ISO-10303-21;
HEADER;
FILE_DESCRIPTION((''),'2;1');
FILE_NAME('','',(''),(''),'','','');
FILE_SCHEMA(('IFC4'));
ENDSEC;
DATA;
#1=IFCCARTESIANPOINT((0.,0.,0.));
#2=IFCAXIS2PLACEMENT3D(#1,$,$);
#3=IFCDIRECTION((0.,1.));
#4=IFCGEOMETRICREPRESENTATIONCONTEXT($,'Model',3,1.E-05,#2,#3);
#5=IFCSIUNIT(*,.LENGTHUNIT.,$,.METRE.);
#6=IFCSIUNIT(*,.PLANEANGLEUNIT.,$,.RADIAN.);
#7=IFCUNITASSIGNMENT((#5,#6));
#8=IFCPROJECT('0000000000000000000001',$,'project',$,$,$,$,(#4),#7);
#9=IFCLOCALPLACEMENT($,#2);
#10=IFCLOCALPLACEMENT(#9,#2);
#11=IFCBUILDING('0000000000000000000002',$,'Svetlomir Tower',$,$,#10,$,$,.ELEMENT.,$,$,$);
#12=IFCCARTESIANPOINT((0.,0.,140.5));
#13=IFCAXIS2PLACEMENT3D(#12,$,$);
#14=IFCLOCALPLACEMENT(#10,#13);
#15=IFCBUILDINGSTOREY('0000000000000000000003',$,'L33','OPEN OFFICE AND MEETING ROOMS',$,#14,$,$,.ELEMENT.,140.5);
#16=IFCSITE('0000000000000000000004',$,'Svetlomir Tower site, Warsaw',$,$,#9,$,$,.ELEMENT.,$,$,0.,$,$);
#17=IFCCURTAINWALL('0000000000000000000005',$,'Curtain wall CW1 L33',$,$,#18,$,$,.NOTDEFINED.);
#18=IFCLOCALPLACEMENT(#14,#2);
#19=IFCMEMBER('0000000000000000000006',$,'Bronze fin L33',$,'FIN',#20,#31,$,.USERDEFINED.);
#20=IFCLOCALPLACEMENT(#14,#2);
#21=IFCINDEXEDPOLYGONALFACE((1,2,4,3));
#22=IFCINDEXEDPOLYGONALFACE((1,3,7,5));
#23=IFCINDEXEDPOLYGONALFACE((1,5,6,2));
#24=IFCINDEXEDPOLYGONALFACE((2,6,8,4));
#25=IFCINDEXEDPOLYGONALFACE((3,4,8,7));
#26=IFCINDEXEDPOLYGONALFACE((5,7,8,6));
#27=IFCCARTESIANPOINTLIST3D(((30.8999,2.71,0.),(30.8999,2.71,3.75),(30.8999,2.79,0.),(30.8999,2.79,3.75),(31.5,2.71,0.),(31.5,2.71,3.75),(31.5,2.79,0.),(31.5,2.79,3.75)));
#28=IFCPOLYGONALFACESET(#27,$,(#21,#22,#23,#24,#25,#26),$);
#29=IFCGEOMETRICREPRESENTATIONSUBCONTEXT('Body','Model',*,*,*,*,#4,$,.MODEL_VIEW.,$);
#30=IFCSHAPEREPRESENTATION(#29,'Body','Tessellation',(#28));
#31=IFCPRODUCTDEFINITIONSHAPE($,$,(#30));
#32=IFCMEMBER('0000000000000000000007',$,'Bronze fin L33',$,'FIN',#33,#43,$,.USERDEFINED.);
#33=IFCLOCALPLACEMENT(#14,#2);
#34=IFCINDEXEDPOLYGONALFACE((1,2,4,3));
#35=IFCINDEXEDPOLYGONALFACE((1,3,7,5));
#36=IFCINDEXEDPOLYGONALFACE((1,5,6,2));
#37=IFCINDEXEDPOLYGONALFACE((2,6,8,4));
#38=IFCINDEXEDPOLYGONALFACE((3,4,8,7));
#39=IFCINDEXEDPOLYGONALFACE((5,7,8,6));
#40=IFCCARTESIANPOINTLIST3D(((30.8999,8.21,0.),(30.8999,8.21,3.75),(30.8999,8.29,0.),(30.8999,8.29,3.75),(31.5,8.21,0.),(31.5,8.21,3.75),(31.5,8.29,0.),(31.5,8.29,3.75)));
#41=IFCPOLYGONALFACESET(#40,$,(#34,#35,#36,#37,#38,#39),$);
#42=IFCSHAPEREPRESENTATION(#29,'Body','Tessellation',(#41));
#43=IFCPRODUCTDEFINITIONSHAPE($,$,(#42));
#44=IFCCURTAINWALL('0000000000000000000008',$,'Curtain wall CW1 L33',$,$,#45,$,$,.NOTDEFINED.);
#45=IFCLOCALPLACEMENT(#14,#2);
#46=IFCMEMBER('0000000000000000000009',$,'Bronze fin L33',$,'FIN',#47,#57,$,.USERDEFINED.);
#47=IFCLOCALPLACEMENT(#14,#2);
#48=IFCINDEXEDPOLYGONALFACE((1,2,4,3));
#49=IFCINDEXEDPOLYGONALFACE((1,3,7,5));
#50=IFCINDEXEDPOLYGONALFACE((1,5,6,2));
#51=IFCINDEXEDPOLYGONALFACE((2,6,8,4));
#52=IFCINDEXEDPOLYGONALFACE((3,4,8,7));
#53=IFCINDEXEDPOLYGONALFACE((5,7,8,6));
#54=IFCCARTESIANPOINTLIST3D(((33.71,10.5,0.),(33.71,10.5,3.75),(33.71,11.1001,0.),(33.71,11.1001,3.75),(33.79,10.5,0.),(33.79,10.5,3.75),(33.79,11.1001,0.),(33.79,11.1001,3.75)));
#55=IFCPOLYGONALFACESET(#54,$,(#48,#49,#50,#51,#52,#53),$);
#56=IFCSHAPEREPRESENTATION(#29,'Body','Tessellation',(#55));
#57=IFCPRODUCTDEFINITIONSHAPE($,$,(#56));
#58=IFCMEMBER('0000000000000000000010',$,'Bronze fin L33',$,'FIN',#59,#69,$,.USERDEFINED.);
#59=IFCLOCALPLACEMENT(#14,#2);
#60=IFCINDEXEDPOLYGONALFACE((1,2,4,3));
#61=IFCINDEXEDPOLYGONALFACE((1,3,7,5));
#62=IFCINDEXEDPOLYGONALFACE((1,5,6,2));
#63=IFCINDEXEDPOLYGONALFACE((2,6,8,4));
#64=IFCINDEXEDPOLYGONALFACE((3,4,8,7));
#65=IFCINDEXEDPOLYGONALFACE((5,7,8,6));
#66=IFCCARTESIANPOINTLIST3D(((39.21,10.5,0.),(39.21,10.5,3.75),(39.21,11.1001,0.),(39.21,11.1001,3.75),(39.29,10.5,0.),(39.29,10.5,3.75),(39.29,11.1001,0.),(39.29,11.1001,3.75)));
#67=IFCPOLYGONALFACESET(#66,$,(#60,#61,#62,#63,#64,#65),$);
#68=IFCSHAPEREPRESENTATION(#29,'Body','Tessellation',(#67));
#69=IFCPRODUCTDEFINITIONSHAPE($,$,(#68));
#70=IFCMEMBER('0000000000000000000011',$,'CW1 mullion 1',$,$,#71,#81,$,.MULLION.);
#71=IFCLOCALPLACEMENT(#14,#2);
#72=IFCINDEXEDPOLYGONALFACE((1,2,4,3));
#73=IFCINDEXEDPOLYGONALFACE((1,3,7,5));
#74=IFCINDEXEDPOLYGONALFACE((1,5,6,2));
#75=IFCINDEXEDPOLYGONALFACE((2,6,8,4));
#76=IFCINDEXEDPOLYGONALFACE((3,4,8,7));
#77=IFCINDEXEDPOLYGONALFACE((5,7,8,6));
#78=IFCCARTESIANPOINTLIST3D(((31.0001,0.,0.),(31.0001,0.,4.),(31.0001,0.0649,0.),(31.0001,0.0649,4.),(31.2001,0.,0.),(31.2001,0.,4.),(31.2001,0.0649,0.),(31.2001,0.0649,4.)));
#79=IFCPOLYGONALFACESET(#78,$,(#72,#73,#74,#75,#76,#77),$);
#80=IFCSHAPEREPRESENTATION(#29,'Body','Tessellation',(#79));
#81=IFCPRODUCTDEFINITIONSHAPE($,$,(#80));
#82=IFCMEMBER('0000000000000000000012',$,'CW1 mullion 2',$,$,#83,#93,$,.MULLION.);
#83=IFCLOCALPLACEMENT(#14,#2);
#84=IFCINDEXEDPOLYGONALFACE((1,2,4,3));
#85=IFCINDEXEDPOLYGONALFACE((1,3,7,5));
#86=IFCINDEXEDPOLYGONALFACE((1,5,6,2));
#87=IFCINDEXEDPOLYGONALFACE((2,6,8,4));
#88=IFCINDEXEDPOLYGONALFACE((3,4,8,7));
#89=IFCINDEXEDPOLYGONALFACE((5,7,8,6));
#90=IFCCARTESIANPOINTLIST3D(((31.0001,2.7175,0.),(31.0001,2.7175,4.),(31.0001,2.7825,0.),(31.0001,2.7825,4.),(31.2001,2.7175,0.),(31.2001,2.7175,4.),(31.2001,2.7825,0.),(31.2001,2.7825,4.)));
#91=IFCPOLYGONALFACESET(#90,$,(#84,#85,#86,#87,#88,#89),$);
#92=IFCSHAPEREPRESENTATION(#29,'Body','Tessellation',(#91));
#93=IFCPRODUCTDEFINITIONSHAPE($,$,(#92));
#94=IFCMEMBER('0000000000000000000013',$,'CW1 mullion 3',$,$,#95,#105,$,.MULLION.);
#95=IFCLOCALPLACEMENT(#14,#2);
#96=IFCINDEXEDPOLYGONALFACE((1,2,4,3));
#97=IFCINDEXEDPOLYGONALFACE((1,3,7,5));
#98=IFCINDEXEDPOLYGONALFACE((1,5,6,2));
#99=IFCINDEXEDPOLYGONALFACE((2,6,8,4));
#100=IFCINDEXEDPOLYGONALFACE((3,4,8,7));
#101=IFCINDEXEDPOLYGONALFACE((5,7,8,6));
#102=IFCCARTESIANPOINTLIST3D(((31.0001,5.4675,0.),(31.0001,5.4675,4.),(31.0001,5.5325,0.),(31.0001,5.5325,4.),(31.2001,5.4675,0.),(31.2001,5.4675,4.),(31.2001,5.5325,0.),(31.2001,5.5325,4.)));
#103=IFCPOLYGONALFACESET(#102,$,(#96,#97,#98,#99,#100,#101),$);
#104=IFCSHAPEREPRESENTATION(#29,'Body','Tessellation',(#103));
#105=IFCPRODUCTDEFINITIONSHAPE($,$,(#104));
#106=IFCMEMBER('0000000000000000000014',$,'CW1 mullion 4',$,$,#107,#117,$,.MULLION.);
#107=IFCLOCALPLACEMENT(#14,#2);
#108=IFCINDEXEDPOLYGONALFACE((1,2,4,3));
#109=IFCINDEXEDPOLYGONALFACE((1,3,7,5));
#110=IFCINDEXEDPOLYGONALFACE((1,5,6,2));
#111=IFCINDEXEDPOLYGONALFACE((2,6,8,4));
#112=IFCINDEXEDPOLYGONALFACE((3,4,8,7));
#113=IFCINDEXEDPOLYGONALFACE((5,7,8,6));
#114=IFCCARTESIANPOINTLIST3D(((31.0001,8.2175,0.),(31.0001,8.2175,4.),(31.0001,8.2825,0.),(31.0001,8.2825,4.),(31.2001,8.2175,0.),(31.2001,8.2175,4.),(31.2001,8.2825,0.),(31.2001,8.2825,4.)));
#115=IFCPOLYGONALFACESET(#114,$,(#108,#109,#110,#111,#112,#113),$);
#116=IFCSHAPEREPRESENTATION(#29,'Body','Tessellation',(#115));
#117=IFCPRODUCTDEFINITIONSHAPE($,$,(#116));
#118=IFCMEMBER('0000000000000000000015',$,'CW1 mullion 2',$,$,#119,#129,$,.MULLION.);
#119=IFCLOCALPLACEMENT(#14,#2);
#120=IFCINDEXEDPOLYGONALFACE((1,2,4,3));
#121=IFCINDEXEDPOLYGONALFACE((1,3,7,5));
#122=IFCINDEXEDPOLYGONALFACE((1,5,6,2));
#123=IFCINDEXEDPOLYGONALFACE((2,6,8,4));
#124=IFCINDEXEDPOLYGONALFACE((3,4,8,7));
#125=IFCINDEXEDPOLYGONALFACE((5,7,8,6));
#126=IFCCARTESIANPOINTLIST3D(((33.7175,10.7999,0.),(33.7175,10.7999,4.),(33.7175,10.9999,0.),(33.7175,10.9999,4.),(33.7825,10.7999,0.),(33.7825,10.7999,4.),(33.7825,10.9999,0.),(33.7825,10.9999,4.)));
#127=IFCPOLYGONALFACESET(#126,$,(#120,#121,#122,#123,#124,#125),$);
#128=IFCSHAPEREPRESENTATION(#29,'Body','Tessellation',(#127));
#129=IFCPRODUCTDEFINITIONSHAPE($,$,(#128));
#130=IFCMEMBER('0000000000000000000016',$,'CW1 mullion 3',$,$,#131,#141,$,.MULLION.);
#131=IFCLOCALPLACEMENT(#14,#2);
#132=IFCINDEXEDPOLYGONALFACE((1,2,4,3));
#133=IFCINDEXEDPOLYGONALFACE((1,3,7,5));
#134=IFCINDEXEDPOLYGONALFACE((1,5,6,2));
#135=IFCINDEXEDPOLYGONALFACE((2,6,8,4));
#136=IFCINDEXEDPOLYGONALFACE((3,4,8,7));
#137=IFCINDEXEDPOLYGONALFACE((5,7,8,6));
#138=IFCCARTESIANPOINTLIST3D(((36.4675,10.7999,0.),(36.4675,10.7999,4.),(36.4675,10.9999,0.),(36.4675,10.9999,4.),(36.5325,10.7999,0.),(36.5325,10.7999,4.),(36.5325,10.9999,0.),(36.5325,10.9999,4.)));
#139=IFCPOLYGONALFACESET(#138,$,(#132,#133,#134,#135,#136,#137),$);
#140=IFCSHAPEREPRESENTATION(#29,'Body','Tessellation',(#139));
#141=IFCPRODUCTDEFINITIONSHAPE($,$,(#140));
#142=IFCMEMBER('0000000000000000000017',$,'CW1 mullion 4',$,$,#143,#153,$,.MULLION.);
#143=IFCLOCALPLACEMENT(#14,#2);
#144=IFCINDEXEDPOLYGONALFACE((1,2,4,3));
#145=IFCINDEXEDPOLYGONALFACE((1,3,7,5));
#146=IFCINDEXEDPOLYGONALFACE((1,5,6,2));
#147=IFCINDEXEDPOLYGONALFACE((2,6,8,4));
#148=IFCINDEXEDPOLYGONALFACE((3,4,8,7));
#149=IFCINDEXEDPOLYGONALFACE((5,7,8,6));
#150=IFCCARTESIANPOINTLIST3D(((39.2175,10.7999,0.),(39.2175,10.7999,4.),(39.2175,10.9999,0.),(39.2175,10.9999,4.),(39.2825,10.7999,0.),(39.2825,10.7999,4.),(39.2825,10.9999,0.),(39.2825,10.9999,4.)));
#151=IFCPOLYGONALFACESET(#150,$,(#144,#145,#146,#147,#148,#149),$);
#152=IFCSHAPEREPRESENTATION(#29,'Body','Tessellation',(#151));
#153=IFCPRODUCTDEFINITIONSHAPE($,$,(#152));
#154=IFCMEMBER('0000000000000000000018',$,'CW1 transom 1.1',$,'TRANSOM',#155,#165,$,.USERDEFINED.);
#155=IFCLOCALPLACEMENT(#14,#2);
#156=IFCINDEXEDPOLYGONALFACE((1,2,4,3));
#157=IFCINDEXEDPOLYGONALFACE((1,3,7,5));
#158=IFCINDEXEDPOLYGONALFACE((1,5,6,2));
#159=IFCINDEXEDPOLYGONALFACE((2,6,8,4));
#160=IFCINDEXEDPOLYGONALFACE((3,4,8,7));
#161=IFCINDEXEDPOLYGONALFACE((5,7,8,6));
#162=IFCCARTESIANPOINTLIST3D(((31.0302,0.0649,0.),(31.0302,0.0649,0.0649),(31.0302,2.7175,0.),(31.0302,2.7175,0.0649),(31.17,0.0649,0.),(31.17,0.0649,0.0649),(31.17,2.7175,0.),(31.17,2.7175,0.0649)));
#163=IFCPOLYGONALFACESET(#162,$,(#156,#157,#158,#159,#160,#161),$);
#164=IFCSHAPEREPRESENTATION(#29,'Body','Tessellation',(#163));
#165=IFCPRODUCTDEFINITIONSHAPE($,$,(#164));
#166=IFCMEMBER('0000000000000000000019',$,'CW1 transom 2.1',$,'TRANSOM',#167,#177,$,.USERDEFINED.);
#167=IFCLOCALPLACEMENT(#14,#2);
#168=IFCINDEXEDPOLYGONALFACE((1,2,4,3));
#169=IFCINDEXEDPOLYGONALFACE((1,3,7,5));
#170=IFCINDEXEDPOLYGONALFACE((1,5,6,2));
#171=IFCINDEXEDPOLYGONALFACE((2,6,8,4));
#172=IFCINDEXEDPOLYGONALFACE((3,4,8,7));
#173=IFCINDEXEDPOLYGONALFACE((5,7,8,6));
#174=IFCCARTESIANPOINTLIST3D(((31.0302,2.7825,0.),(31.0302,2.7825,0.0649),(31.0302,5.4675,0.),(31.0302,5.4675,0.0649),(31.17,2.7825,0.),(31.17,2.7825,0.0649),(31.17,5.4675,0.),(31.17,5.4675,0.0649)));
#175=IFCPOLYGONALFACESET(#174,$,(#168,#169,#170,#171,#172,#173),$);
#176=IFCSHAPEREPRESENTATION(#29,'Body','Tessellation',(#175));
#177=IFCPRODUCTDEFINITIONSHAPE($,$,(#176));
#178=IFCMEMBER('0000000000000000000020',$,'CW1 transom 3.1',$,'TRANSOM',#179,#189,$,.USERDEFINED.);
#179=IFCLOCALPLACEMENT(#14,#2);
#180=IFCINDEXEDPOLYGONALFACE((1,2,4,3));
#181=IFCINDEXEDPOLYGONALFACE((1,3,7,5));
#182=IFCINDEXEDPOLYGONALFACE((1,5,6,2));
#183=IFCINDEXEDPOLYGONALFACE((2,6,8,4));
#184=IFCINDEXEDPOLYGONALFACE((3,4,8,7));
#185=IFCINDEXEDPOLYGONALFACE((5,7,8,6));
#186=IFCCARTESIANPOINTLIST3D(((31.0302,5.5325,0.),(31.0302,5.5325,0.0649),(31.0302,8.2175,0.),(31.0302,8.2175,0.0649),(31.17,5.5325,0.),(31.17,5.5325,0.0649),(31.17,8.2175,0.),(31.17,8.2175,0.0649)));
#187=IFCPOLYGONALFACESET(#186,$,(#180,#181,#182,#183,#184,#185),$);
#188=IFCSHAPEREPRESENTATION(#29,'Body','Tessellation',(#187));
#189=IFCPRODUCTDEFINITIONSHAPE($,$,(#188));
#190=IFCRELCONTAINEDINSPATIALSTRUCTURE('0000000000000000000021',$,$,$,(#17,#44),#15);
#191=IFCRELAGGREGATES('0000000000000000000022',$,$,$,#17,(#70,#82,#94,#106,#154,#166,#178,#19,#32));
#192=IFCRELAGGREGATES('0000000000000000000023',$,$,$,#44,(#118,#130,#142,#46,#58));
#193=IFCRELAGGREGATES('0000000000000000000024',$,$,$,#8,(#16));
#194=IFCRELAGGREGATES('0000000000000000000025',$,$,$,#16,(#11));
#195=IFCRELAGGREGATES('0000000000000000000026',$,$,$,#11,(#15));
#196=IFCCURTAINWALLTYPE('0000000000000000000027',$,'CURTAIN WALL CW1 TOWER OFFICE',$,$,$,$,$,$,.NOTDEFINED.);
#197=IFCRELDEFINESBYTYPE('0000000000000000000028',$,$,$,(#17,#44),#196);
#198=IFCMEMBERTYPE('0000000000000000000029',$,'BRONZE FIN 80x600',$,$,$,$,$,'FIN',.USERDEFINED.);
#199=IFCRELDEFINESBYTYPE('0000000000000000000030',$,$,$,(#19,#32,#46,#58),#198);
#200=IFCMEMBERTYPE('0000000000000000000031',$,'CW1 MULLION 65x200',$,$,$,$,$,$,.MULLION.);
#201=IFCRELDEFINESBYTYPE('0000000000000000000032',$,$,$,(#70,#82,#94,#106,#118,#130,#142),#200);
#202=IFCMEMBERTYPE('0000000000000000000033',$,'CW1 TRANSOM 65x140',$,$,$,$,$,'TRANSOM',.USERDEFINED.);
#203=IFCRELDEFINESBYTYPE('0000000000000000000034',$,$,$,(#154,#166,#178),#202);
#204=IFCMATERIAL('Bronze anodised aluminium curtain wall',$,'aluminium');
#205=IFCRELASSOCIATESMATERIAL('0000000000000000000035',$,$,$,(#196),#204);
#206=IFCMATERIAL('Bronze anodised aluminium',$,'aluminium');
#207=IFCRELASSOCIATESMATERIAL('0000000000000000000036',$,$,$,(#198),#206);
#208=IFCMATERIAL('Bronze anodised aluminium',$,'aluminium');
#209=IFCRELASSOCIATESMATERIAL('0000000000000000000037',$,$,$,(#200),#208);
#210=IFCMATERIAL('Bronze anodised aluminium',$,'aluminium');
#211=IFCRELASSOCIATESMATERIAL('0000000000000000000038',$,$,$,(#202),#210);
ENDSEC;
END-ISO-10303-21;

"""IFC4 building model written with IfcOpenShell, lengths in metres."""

from ifc_helpers import new_model, si_unit, direction, frame, origin, origin_2d, place, context, subcontext, project, spatial, rectangle, extrude, material, material_profile, profile_set, type_object, element, aggregate, save


model = new_model("IFC4")

# Units and contexts
model_context = context("Model", 3, precision=1e-05, world=origin(), true_north=direction((0.0, 1.0)))
body_context = subcontext(model_context, "Body", "Model", "MODEL_VIEW")
ifc_project = project(units=[si_unit("LENGTHUNIT", "METRE"), si_unit("PLANEANGLEUNIT", "RADIAN")], contexts=[model_context])

# Site, building, storey
site_placement = place(None, origin())
site = spatial("IfcSite", under=ifc_project, at=site_placement, Name="Svetlomir Tower site, Warsaw", CompositionType="ELEMENT", RefElevation=0.0)
building_placement = place(site_placement, origin())
building = spatial("IfcBuilding", under=site, at=building_placement, Name="Svetlomir Tower", CompositionType="ELEMENT")
storey_placement = place(building_placement, frame((0.0, 0.0, 140.5)))
storey = spatial("IfcBuildingStorey", under=building, at=storey_placement, Name="L33", Description="OPEN OFFICE AND MEETING ROOMS", CompositionType="ELEMENT", Elevation=140.5)

# Curtain walls, members
ifc_material_1 = material(Name="Bronze anodised aluminium curtain wall", Category="aluminium")
curtain_wall_type = type_object("IfcCurtainWallType", Name="CURTAIN WALL CW1 TOWER OFFICE", PredefinedType="NOTDEFINED", material=ifc_material_1)
curtain_wall_1_placement = place(storey_placement, origin())
curtain_wall_1 = element("IfcCurtainWall", 1, at=curtain_wall_1_placement, inside=storey, type_object=curtain_wall_type, Name="Curtain wall CW1 L33", PredefinedType="NOTDEFINED")
ifc_material_2 = material(Name="Bronze anodised aluminium", Category="aluminium")
ifc_material_profile_1 = material_profile(ifc_material_2, rectangle(XDim=0.0801, YDim=0.6001, at=origin_2d()), Name="FIN 80x600")
ifc_profile_set_1 = profile_set([ifc_material_profile_1], Name="Bronze anodised aluminium 6063-T6")
member_type_1 = type_object("IfcMemberType", Name="BRONZE FIN 80x600", ElementType="FIN", PredefinedType="USERDEFINED", material=ifc_profile_set_1)
member_1_placement = place(storey_placement, frame((31.2, 2.75, 0.0), z_axis=(0.0, 0.0, 1.0), x_axis=(0.0, 1.0, 0.0)))
member_1 = element("IfcMember", 2, at=member_1_placement, type_object=member_type_1, Name="Bronze fin L33", ObjectType="FIN", PredefinedType="USERDEFINED", context=body_context, shape_type="SweptSolid", body=[
    extrude(rectangle(XDim=0.0801, YDim=0.6001, at=origin_2d()), origin(), (0.0, 0.0, 1.0), 3.75),
])
member_2_placement = place(storey_placement, frame((31.2, 8.25, 0.0), z_axis=(0.0, 0.0, 1.0), x_axis=(0.0, 1.0, 0.0)))
member_2 = element("IfcMember", 3, at=member_2_placement, type_object=member_type_1, Name="Bronze fin L33", ObjectType="FIN", PredefinedType="USERDEFINED", context=body_context, shape_type="SweptSolid", body=[
    extrude(rectangle(XDim=0.0801, YDim=0.6001, at=origin_2d()), origin(), (0.0, 0.0, 1.0), 3.75),
])
curtain_wall_2_placement = place(storey_placement, origin())
curtain_wall_2 = element("IfcCurtainWall", 4, at=curtain_wall_2_placement, inside=storey, type_object=curtain_wall_type, Name="Curtain wall CW1 L33", PredefinedType="NOTDEFINED")
member_3_placement = place(storey_placement, frame((33.75, 10.8, 0.0), z_axis=(0.0, 0.0, 1.0), x_axis=(1.0, 0.0, 0.0)))
member_3 = element("IfcMember", 5, at=member_3_placement, type_object=member_type_1, Name="Bronze fin L33", ObjectType="FIN", PredefinedType="USERDEFINED", context=body_context, shape_type="SweptSolid", body=[
    extrude(rectangle(XDim=0.0801, YDim=0.6001, at=origin_2d()), origin(), (0.0, 0.0, 1.0), 3.75),
])
member_4_placement = place(storey_placement, frame((39.25, 10.8, 0.0), z_axis=(0.0, 0.0, 1.0), x_axis=(1.0, 0.0, 0.0)))
member_4 = element("IfcMember", 6, at=member_4_placement, type_object=member_type_1, Name="Bronze fin L33", ObjectType="FIN", PredefinedType="USERDEFINED", context=body_context, shape_type="SweptSolid", body=[
    extrude(rectangle(XDim=0.0801, YDim=0.6001, at=origin_2d()), origin(), (0.0, 0.0, 1.0), 3.75),
])

# Members
ifc_material_3 = material(Name="Bronze anodised aluminium", Category="aluminium")
ifc_material_profile_2 = material_profile(ifc_material_3, rectangle(XDim=0.0649, YDim=0.2, at=origin_2d()), Name="AL 65x200")
ifc_profile_set_2 = profile_set([ifc_material_profile_2], Name="Bronze anodised aluminium 6063-T6")
member_type_2 = type_object("IfcMemberType", Name="CW1 MULLION 65x200", PredefinedType="MULLION", material=ifc_profile_set_2)
member_5_placement = place(storey_placement, frame((31.1001, 0.0325, 0.0), z_axis=(0.0, 0.0, 1.0), x_axis=(0.0, 1.0, 0.0)))
member_5 = element("IfcMember", 7, at=member_5_placement, type_object=member_type_2, Name="CW1 mullion 1", PredefinedType="MULLION", context=body_context, shape_type="SweptSolid", body=[
    extrude(rectangle(XDim=0.0649, YDim=0.2, at=origin_2d()), origin(), (0.0, 0.0, 1.0), 4.0),
])
member_6_placement = place(storey_placement, frame((31.1001, 2.75, 0.0), z_axis=(0.0, 0.0, 1.0), x_axis=(0.0, 1.0, 0.0)))
member_6 = element("IfcMember", 8, at=member_6_placement, type_object=member_type_2, Name="CW1 mullion 2", PredefinedType="MULLION", context=body_context, shape_type="SweptSolid", body=[
    extrude(rectangle(XDim=0.0649, YDim=0.2, at=origin_2d()), origin(), (0.0, 0.0, 1.0), 4.0),
])
member_7_placement = place(storey_placement, frame((31.1001, 5.5, 0.0), z_axis=(0.0, 0.0, 1.0), x_axis=(0.0, 1.0, 0.0)))
member_7 = element("IfcMember", 9, at=member_7_placement, type_object=member_type_2, Name="CW1 mullion 3", PredefinedType="MULLION", context=body_context, shape_type="SweptSolid", body=[
    extrude(rectangle(XDim=0.0649, YDim=0.2, at=origin_2d()), origin(), (0.0, 0.0, 1.0), 4.0),
])
member_8_placement = place(storey_placement, frame((31.1001, 8.25, 0.0), z_axis=(0.0, 0.0, 1.0), x_axis=(0.0, 1.0, 0.0)))
member_8 = element("IfcMember", 10, at=member_8_placement, type_object=member_type_2, Name="CW1 mullion 4", PredefinedType="MULLION", context=body_context, shape_type="SweptSolid", body=[
    extrude(rectangle(XDim=0.0649, YDim=0.2, at=origin_2d()), origin(), (0.0, 0.0, 1.0), 4.0),
])
member_9_placement = place(storey_placement, frame((33.75, 10.8999, 0.0), z_axis=(0.0, 0.0, 1.0), x_axis=(1.0, 0.0, 0.0)))
member_9 = element("IfcMember", 11, at=member_9_placement, type_object=member_type_2, Name="CW1 mullion 2", PredefinedType="MULLION", context=body_context, shape_type="SweptSolid", body=[
    extrude(rectangle(XDim=0.0649, YDim=0.2, at=origin_2d()), origin(), (0.0, 0.0, 1.0), 4.0),
])
member_10_placement = place(storey_placement, frame((36.5, 10.8999, 0.0), z_axis=(0.0, 0.0, 1.0), x_axis=(1.0, 0.0, 0.0)))
member_10 = element("IfcMember", 12, at=member_10_placement, type_object=member_type_2, Name="CW1 mullion 3", PredefinedType="MULLION", context=body_context, shape_type="SweptSolid", body=[
    extrude(rectangle(XDim=0.0649, YDim=0.2, at=origin_2d()), origin(), (0.0, 0.0, 1.0), 4.0),
])
member_11_placement = place(storey_placement, frame((39.25, 10.8999, 0.0), z_axis=(0.0, 0.0, 1.0), x_axis=(1.0, 0.0, 0.0)))
member_11 = element("IfcMember", 13, at=member_11_placement, type_object=member_type_2, Name="CW1 mullion 4", PredefinedType="MULLION", context=body_context, shape_type="SweptSolid", body=[
    extrude(rectangle(XDim=0.0649, YDim=0.2, at=origin_2d()), origin(), (0.0, 0.0, 1.0), 4.0),
])
ifc_material_4 = material(Name="Bronze anodised aluminium", Category="aluminium")
ifc_material_profile_3 = material_profile(ifc_material_4, rectangle(XDim=0.1399, YDim=0.0649, at=origin_2d()), Name="AL 140x65")
ifc_profile_set_3 = profile_set([ifc_material_profile_3], Name="Bronze anodised aluminium 6063-T6")
member_type_3 = type_object("IfcMemberType", Name="CW1 TRANSOM 65x140", ElementType="TRANSOM", PredefinedType="USERDEFINED", material=ifc_profile_set_3)
member_12_placement = place(storey_placement, frame((31.1001, 0.0649, 0.0325), z_axis=(0.0, 1.0, 0.0), x_axis=(-1.0, 0.0, 0.0)))
member_12 = element("IfcMember", 14, at=member_12_placement, type_object=member_type_3, Name="CW1 transom 1.1", ObjectType="TRANSOM", PredefinedType="USERDEFINED", context=body_context, shape_type="SweptSolid", body=[
    extrude(rectangle(XDim=0.1399, YDim=0.0649, at=origin_2d()), origin(), (0.0, 0.0, 1.0), 2.6526),
])
member_13_placement = place(storey_placement, frame((31.1001, 2.7825, 0.0325), z_axis=(0.0, 1.0, 0.0), x_axis=(-1.0, 0.0, 0.0)))
member_13 = element("IfcMember", 15, at=member_13_placement, type_object=member_type_3, Name="CW1 transom 2.1", ObjectType="TRANSOM", PredefinedType="USERDEFINED", context=body_context, shape_type="SweptSolid", body=[
    extrude(rectangle(XDim=0.1399, YDim=0.0649, at=origin_2d()), origin(), (0.0, 0.0, 1.0), 2.6851),
])
member_14_placement = place(storey_placement, frame((31.1001, 5.5325, 0.0325), z_axis=(0.0, 1.0, 0.0), x_axis=(-1.0, 0.0, 0.0)))
member_14 = element("IfcMember", 16, at=member_14_placement, type_object=member_type_3, Name="CW1 transom 3.1", ObjectType="TRANSOM", PredefinedType="USERDEFINED", context=body_context, shape_type="SweptSolid", body=[
    extrude(rectangle(XDim=0.1399, YDim=0.0649, at=origin_2d()), origin(), (0.0, 0.0, 1.0), 2.6851),
])

aggregate(curtain_wall_1, [member_5, member_6, member_7, member_8, member_12, member_13, member_14, member_1, member_2])
aggregate(curtain_wall_2, [member_9, member_10, member_11, member_3, member_4])

save(model, "model.ifc")
